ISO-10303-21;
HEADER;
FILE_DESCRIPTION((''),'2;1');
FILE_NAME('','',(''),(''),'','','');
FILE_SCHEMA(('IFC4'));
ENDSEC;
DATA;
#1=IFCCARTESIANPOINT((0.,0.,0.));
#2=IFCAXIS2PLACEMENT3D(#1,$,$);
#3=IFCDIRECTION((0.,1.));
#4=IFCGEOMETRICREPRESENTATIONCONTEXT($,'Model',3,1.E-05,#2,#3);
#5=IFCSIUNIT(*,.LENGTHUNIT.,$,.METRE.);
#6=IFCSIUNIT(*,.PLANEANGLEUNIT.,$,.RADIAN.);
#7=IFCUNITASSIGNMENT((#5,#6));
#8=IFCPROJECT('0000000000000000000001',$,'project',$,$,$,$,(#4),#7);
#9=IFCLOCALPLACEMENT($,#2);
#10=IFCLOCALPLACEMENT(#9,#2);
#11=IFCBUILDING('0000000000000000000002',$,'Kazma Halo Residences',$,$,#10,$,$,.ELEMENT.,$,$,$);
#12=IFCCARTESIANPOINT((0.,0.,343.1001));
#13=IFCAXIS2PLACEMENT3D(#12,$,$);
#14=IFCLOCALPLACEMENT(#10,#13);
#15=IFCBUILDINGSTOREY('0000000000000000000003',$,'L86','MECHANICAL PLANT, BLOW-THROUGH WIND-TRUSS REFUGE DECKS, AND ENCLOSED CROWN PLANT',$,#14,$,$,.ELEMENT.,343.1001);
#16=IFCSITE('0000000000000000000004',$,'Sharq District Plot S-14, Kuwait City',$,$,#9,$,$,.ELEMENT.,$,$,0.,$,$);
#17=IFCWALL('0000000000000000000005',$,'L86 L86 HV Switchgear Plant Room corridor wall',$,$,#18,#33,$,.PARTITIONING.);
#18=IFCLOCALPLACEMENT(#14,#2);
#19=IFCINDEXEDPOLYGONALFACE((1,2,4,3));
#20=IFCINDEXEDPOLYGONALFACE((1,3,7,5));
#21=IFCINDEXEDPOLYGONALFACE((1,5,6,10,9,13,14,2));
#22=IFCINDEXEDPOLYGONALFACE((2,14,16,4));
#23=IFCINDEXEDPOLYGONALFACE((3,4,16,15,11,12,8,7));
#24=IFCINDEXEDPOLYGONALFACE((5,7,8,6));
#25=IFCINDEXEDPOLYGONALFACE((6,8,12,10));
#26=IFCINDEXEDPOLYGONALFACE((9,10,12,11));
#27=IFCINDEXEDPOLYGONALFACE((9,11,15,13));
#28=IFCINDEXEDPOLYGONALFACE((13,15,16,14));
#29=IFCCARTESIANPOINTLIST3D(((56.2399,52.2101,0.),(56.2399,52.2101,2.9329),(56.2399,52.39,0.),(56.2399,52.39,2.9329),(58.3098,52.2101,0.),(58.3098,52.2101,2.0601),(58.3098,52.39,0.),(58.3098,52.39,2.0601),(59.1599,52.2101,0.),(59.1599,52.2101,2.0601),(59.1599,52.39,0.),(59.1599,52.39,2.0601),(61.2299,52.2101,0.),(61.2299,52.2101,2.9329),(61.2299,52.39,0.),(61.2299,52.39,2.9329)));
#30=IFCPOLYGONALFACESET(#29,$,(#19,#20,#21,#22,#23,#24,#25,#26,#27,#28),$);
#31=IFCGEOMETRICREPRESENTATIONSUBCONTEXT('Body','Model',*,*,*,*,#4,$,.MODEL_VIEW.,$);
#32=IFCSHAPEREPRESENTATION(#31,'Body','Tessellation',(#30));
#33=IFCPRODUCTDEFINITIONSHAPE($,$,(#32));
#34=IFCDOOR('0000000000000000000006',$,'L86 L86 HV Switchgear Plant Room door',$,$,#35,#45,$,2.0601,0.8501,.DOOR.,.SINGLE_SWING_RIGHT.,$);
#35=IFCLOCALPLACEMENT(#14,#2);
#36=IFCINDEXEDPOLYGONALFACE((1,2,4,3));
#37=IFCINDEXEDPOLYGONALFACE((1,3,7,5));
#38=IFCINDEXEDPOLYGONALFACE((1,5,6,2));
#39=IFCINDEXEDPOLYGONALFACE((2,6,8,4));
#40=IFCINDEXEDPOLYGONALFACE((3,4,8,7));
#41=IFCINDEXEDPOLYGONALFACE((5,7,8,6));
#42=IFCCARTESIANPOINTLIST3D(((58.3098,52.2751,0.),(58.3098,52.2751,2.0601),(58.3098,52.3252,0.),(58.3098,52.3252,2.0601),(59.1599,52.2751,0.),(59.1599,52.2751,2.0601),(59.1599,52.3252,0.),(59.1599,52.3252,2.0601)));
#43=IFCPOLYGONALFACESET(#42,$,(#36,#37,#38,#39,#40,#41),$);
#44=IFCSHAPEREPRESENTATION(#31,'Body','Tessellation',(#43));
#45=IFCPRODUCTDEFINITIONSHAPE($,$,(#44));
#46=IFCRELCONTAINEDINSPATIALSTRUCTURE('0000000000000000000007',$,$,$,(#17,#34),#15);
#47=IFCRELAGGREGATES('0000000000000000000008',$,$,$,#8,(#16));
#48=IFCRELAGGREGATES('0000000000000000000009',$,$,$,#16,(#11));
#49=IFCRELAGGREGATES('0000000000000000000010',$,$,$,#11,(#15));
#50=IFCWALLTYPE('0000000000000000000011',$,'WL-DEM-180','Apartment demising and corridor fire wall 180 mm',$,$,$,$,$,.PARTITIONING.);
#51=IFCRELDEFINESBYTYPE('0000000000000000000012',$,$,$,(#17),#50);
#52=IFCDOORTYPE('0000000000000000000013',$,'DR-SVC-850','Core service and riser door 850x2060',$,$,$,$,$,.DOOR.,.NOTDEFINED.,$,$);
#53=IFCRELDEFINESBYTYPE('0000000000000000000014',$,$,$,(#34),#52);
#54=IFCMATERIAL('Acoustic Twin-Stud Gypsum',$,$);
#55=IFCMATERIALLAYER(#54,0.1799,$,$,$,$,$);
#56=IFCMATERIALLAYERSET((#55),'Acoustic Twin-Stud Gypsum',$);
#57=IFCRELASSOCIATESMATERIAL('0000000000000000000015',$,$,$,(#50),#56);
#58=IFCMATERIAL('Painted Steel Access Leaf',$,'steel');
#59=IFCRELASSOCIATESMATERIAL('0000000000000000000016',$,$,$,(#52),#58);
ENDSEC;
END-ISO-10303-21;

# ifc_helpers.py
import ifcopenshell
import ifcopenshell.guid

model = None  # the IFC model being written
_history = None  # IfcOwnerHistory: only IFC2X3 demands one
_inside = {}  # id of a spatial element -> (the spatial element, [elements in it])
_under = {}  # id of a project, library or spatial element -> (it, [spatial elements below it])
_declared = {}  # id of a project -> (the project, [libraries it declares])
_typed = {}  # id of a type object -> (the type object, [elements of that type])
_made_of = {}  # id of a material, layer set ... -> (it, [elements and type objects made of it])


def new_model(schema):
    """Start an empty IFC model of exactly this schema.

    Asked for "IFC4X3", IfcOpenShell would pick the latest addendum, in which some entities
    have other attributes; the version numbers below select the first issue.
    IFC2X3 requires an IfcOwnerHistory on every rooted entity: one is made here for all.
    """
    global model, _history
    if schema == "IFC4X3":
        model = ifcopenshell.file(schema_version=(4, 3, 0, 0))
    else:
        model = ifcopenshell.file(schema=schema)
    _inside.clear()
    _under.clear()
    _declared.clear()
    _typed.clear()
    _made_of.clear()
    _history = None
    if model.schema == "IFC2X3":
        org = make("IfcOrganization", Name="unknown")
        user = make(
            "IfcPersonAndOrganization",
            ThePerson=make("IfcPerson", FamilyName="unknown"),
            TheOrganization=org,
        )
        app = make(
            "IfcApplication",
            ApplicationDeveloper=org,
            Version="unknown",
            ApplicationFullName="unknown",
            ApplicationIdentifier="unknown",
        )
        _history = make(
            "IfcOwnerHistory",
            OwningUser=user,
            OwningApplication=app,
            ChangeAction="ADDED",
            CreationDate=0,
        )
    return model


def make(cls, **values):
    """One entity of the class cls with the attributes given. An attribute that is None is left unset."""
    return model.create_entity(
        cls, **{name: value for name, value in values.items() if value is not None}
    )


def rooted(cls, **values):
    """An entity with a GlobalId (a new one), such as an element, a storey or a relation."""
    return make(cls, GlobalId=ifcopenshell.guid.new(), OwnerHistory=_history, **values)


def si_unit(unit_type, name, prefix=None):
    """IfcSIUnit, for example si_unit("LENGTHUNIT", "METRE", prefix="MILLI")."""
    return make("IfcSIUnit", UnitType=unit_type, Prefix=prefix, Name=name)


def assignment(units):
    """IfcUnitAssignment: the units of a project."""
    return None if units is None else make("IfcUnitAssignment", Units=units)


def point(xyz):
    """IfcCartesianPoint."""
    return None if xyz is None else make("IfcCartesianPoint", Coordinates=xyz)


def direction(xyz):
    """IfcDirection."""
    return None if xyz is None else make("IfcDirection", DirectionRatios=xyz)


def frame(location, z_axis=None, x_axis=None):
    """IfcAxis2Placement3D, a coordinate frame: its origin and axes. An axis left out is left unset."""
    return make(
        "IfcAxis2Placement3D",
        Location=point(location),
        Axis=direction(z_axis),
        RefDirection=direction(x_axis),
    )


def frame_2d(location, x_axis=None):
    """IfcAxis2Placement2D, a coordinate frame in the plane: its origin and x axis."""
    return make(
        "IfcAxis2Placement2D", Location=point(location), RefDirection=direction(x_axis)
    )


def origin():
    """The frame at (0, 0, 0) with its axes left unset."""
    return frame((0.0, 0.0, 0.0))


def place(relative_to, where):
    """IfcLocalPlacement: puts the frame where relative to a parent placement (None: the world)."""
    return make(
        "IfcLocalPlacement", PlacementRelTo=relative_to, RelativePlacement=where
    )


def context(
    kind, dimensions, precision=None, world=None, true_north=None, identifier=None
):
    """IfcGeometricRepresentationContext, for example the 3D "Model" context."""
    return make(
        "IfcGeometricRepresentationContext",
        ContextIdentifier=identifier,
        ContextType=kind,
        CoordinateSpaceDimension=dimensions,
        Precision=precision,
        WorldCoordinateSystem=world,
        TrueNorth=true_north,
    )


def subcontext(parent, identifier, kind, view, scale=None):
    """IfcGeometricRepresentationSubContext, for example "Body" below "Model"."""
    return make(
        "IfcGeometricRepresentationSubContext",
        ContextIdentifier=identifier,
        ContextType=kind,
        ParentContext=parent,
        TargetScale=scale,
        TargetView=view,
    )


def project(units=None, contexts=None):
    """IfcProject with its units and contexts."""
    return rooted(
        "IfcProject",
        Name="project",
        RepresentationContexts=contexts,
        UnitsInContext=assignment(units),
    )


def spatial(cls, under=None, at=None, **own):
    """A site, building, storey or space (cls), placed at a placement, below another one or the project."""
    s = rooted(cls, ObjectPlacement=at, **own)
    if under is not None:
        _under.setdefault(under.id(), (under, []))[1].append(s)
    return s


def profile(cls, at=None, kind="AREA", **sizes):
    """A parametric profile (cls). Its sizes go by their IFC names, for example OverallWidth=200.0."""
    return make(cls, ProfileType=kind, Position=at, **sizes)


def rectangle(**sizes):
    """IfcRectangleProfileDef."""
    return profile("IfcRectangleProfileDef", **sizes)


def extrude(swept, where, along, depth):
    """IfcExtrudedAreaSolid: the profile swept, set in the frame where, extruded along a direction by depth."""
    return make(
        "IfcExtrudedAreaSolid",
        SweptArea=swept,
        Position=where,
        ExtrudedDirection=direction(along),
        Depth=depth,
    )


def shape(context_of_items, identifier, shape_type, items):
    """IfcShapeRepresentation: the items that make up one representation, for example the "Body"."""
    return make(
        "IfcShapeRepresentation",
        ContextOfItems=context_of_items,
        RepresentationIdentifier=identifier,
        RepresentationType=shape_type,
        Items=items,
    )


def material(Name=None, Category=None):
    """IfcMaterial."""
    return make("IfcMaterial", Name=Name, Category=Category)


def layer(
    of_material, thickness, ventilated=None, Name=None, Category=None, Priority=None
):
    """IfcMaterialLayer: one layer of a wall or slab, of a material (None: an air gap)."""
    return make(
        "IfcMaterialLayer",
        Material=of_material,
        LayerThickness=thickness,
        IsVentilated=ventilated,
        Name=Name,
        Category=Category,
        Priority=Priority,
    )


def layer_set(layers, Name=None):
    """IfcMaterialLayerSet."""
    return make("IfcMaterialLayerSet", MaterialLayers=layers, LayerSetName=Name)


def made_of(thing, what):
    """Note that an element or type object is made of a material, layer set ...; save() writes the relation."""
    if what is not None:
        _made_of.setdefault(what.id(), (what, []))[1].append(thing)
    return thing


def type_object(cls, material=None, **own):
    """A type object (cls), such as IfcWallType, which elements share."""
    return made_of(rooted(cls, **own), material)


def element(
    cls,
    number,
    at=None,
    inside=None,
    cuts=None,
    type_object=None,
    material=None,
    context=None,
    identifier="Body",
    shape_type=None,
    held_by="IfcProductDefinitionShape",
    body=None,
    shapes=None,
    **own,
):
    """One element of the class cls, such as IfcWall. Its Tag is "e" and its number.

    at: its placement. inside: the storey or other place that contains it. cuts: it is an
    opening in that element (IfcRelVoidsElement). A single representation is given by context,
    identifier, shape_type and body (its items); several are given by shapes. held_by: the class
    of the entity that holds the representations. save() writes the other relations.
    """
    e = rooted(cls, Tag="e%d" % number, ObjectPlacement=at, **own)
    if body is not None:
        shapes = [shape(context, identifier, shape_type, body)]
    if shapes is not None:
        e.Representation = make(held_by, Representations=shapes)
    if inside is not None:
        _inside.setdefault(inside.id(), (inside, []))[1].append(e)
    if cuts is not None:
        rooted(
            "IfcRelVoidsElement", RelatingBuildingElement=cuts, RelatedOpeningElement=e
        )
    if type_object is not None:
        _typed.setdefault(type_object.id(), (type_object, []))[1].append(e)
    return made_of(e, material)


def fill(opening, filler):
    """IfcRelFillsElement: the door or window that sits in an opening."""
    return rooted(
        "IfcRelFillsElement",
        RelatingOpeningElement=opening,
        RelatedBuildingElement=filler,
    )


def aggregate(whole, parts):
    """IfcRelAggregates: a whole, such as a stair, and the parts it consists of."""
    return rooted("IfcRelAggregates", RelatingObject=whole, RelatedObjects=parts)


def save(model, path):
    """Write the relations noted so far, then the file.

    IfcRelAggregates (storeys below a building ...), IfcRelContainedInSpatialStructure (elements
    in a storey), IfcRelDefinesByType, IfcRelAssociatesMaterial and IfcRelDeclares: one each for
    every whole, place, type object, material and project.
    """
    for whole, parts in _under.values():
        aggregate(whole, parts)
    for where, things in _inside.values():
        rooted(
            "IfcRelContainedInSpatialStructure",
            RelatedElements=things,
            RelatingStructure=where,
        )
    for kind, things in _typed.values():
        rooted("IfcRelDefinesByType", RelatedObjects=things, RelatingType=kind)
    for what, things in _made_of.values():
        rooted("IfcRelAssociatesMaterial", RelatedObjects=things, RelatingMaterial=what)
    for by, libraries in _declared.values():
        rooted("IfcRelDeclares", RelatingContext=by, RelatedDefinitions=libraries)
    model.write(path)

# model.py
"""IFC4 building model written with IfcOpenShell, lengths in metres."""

from ifc_helpers import new_model, si_unit, direction, frame, frame_2d, origin, place, context, subcontext, project, spatial, rectangle, extrude, material, layer, layer_set, type_object, element, fill, save


model = new_model("IFC4")

# Units and contexts
model_context = context("Model", 3, precision=1e-05, world=origin(), true_north=direction((0.0, 1.0)))
body_context = subcontext(model_context, "Body", "Model", "MODEL_VIEW")
ifc_project = project(units=[si_unit("LENGTHUNIT", "METRE"), si_unit("PLANEANGLEUNIT", "RADIAN")], contexts=[model_context])

# Site, building, storey
site_placement = place(None, origin())
site = spatial("IfcSite", under=ifc_project, at=site_placement, Name="Sharq District Plot S-14, Kuwait City", CompositionType="ELEMENT", RefElevation=0.0)
building_placement = place(site_placement, origin())
building = spatial("IfcBuilding", under=site, at=building_placement, Name="Kazma Halo Residences", CompositionType="ELEMENT")
storey_placement = place(building_placement, frame((0.0, 0.0, 343.1001)))
storey = spatial("IfcBuildingStorey", under=building, at=storey_placement, Name="L86", Description="MECHANICAL PLANT, BLOW-THROUGH WIND-TRUSS REFUGE DECKS, AND ENCLOSED CROWN PLANT", CompositionType="ELEMENT", Elevation=343.1001)

# Shared definitions
ifc_material_1 = material(Name="Acoustic Twin-Stud Gypsum")
ifc_layer_1 = layer(ifc_material_1, 0.1799)
ifc_layer_set_1 = layer_set([ifc_layer_1], Name="Acoustic Twin-Stud Gypsum")
wall_type_1 = type_object("IfcWallType", Name="WL-DEM-180", Description="Apartment demising and corridor fire wall 180 mm", PredefinedType="PARTITIONING", material=ifc_layer_set_1)

# Wall, opening, door
wall_1_placement = place(storey_placement, frame((61.23, 52.3, 0.0), z_axis=(0.0, 0.0, 1.0), x_axis=(-1.0, 0.0, 0.0)))
wall_1 = element("IfcWall", 1, at=wall_1_placement, inside=storey, type_object=wall_type_1, Name="L86 L86 HV Switchgear Plant Room corridor wall", PredefinedType="PARTITIONING", context=body_context, shape_type="SweptSolid", body=[
    extrude(rectangle(XDim=4.99, YDim=0.1799, at=frame_2d((2.4951, 0.0))), origin(), (0.0, 0.0, 1.0), 2.9329),
])
opening_placement = place(wall_1_placement, frame((2.0701, 0.0, 0.0)))
opening = element("IfcOpeningElement", 2, at=opening_placement, cuts=wall_1, PredefinedType="OPENING", context=body_context, shape_type="SweptSolid", body=[
    extrude(rectangle(XDim=0.8501, YDim=2.0601, at=frame_2d((0.425, 1.03))), frame((0.0, 0.0999, 0.0), z_axis=(0.0, -1.0, 0.0), x_axis=(1.0, 0.0, 0.0)), (0.0, 0.0, 1.0), 0.2),
])
ifc_material_2 = material(Name="Painted Steel Access Leaf", Category="steel")
door_type = type_object("IfcDoorType", Name="DR-SVC-850", Description="Core service and riser door 850x2060", OperationType="NOTDEFINED", PredefinedType="DOOR", material=ifc_material_2)
door_placement = place(opening_placement, origin())
door = element("IfcDoor", 3, at=door_placement, inside=storey, type_object=door_type, Name="L86 L86 HV Switchgear Plant Room door", OperationType="SINGLE_SWING_RIGHT", OverallHeight=2.0601, OverallWidth=0.8501, PredefinedType="DOOR", context=body_context, shape_type="SweptSolid", body=[
    extrude(rectangle(XDim=0.8501, YDim=2.0601, at=frame_2d((0.425, 1.03))), frame((0.0, 0.0249, 0.0), z_axis=(0.0, -1.0, 0.0), x_axis=(1.0, 0.0, 0.0)), (0.0, 0.0, 1.0), 0.05),
])
fill(opening, door)

save(model, "model.ifc")
